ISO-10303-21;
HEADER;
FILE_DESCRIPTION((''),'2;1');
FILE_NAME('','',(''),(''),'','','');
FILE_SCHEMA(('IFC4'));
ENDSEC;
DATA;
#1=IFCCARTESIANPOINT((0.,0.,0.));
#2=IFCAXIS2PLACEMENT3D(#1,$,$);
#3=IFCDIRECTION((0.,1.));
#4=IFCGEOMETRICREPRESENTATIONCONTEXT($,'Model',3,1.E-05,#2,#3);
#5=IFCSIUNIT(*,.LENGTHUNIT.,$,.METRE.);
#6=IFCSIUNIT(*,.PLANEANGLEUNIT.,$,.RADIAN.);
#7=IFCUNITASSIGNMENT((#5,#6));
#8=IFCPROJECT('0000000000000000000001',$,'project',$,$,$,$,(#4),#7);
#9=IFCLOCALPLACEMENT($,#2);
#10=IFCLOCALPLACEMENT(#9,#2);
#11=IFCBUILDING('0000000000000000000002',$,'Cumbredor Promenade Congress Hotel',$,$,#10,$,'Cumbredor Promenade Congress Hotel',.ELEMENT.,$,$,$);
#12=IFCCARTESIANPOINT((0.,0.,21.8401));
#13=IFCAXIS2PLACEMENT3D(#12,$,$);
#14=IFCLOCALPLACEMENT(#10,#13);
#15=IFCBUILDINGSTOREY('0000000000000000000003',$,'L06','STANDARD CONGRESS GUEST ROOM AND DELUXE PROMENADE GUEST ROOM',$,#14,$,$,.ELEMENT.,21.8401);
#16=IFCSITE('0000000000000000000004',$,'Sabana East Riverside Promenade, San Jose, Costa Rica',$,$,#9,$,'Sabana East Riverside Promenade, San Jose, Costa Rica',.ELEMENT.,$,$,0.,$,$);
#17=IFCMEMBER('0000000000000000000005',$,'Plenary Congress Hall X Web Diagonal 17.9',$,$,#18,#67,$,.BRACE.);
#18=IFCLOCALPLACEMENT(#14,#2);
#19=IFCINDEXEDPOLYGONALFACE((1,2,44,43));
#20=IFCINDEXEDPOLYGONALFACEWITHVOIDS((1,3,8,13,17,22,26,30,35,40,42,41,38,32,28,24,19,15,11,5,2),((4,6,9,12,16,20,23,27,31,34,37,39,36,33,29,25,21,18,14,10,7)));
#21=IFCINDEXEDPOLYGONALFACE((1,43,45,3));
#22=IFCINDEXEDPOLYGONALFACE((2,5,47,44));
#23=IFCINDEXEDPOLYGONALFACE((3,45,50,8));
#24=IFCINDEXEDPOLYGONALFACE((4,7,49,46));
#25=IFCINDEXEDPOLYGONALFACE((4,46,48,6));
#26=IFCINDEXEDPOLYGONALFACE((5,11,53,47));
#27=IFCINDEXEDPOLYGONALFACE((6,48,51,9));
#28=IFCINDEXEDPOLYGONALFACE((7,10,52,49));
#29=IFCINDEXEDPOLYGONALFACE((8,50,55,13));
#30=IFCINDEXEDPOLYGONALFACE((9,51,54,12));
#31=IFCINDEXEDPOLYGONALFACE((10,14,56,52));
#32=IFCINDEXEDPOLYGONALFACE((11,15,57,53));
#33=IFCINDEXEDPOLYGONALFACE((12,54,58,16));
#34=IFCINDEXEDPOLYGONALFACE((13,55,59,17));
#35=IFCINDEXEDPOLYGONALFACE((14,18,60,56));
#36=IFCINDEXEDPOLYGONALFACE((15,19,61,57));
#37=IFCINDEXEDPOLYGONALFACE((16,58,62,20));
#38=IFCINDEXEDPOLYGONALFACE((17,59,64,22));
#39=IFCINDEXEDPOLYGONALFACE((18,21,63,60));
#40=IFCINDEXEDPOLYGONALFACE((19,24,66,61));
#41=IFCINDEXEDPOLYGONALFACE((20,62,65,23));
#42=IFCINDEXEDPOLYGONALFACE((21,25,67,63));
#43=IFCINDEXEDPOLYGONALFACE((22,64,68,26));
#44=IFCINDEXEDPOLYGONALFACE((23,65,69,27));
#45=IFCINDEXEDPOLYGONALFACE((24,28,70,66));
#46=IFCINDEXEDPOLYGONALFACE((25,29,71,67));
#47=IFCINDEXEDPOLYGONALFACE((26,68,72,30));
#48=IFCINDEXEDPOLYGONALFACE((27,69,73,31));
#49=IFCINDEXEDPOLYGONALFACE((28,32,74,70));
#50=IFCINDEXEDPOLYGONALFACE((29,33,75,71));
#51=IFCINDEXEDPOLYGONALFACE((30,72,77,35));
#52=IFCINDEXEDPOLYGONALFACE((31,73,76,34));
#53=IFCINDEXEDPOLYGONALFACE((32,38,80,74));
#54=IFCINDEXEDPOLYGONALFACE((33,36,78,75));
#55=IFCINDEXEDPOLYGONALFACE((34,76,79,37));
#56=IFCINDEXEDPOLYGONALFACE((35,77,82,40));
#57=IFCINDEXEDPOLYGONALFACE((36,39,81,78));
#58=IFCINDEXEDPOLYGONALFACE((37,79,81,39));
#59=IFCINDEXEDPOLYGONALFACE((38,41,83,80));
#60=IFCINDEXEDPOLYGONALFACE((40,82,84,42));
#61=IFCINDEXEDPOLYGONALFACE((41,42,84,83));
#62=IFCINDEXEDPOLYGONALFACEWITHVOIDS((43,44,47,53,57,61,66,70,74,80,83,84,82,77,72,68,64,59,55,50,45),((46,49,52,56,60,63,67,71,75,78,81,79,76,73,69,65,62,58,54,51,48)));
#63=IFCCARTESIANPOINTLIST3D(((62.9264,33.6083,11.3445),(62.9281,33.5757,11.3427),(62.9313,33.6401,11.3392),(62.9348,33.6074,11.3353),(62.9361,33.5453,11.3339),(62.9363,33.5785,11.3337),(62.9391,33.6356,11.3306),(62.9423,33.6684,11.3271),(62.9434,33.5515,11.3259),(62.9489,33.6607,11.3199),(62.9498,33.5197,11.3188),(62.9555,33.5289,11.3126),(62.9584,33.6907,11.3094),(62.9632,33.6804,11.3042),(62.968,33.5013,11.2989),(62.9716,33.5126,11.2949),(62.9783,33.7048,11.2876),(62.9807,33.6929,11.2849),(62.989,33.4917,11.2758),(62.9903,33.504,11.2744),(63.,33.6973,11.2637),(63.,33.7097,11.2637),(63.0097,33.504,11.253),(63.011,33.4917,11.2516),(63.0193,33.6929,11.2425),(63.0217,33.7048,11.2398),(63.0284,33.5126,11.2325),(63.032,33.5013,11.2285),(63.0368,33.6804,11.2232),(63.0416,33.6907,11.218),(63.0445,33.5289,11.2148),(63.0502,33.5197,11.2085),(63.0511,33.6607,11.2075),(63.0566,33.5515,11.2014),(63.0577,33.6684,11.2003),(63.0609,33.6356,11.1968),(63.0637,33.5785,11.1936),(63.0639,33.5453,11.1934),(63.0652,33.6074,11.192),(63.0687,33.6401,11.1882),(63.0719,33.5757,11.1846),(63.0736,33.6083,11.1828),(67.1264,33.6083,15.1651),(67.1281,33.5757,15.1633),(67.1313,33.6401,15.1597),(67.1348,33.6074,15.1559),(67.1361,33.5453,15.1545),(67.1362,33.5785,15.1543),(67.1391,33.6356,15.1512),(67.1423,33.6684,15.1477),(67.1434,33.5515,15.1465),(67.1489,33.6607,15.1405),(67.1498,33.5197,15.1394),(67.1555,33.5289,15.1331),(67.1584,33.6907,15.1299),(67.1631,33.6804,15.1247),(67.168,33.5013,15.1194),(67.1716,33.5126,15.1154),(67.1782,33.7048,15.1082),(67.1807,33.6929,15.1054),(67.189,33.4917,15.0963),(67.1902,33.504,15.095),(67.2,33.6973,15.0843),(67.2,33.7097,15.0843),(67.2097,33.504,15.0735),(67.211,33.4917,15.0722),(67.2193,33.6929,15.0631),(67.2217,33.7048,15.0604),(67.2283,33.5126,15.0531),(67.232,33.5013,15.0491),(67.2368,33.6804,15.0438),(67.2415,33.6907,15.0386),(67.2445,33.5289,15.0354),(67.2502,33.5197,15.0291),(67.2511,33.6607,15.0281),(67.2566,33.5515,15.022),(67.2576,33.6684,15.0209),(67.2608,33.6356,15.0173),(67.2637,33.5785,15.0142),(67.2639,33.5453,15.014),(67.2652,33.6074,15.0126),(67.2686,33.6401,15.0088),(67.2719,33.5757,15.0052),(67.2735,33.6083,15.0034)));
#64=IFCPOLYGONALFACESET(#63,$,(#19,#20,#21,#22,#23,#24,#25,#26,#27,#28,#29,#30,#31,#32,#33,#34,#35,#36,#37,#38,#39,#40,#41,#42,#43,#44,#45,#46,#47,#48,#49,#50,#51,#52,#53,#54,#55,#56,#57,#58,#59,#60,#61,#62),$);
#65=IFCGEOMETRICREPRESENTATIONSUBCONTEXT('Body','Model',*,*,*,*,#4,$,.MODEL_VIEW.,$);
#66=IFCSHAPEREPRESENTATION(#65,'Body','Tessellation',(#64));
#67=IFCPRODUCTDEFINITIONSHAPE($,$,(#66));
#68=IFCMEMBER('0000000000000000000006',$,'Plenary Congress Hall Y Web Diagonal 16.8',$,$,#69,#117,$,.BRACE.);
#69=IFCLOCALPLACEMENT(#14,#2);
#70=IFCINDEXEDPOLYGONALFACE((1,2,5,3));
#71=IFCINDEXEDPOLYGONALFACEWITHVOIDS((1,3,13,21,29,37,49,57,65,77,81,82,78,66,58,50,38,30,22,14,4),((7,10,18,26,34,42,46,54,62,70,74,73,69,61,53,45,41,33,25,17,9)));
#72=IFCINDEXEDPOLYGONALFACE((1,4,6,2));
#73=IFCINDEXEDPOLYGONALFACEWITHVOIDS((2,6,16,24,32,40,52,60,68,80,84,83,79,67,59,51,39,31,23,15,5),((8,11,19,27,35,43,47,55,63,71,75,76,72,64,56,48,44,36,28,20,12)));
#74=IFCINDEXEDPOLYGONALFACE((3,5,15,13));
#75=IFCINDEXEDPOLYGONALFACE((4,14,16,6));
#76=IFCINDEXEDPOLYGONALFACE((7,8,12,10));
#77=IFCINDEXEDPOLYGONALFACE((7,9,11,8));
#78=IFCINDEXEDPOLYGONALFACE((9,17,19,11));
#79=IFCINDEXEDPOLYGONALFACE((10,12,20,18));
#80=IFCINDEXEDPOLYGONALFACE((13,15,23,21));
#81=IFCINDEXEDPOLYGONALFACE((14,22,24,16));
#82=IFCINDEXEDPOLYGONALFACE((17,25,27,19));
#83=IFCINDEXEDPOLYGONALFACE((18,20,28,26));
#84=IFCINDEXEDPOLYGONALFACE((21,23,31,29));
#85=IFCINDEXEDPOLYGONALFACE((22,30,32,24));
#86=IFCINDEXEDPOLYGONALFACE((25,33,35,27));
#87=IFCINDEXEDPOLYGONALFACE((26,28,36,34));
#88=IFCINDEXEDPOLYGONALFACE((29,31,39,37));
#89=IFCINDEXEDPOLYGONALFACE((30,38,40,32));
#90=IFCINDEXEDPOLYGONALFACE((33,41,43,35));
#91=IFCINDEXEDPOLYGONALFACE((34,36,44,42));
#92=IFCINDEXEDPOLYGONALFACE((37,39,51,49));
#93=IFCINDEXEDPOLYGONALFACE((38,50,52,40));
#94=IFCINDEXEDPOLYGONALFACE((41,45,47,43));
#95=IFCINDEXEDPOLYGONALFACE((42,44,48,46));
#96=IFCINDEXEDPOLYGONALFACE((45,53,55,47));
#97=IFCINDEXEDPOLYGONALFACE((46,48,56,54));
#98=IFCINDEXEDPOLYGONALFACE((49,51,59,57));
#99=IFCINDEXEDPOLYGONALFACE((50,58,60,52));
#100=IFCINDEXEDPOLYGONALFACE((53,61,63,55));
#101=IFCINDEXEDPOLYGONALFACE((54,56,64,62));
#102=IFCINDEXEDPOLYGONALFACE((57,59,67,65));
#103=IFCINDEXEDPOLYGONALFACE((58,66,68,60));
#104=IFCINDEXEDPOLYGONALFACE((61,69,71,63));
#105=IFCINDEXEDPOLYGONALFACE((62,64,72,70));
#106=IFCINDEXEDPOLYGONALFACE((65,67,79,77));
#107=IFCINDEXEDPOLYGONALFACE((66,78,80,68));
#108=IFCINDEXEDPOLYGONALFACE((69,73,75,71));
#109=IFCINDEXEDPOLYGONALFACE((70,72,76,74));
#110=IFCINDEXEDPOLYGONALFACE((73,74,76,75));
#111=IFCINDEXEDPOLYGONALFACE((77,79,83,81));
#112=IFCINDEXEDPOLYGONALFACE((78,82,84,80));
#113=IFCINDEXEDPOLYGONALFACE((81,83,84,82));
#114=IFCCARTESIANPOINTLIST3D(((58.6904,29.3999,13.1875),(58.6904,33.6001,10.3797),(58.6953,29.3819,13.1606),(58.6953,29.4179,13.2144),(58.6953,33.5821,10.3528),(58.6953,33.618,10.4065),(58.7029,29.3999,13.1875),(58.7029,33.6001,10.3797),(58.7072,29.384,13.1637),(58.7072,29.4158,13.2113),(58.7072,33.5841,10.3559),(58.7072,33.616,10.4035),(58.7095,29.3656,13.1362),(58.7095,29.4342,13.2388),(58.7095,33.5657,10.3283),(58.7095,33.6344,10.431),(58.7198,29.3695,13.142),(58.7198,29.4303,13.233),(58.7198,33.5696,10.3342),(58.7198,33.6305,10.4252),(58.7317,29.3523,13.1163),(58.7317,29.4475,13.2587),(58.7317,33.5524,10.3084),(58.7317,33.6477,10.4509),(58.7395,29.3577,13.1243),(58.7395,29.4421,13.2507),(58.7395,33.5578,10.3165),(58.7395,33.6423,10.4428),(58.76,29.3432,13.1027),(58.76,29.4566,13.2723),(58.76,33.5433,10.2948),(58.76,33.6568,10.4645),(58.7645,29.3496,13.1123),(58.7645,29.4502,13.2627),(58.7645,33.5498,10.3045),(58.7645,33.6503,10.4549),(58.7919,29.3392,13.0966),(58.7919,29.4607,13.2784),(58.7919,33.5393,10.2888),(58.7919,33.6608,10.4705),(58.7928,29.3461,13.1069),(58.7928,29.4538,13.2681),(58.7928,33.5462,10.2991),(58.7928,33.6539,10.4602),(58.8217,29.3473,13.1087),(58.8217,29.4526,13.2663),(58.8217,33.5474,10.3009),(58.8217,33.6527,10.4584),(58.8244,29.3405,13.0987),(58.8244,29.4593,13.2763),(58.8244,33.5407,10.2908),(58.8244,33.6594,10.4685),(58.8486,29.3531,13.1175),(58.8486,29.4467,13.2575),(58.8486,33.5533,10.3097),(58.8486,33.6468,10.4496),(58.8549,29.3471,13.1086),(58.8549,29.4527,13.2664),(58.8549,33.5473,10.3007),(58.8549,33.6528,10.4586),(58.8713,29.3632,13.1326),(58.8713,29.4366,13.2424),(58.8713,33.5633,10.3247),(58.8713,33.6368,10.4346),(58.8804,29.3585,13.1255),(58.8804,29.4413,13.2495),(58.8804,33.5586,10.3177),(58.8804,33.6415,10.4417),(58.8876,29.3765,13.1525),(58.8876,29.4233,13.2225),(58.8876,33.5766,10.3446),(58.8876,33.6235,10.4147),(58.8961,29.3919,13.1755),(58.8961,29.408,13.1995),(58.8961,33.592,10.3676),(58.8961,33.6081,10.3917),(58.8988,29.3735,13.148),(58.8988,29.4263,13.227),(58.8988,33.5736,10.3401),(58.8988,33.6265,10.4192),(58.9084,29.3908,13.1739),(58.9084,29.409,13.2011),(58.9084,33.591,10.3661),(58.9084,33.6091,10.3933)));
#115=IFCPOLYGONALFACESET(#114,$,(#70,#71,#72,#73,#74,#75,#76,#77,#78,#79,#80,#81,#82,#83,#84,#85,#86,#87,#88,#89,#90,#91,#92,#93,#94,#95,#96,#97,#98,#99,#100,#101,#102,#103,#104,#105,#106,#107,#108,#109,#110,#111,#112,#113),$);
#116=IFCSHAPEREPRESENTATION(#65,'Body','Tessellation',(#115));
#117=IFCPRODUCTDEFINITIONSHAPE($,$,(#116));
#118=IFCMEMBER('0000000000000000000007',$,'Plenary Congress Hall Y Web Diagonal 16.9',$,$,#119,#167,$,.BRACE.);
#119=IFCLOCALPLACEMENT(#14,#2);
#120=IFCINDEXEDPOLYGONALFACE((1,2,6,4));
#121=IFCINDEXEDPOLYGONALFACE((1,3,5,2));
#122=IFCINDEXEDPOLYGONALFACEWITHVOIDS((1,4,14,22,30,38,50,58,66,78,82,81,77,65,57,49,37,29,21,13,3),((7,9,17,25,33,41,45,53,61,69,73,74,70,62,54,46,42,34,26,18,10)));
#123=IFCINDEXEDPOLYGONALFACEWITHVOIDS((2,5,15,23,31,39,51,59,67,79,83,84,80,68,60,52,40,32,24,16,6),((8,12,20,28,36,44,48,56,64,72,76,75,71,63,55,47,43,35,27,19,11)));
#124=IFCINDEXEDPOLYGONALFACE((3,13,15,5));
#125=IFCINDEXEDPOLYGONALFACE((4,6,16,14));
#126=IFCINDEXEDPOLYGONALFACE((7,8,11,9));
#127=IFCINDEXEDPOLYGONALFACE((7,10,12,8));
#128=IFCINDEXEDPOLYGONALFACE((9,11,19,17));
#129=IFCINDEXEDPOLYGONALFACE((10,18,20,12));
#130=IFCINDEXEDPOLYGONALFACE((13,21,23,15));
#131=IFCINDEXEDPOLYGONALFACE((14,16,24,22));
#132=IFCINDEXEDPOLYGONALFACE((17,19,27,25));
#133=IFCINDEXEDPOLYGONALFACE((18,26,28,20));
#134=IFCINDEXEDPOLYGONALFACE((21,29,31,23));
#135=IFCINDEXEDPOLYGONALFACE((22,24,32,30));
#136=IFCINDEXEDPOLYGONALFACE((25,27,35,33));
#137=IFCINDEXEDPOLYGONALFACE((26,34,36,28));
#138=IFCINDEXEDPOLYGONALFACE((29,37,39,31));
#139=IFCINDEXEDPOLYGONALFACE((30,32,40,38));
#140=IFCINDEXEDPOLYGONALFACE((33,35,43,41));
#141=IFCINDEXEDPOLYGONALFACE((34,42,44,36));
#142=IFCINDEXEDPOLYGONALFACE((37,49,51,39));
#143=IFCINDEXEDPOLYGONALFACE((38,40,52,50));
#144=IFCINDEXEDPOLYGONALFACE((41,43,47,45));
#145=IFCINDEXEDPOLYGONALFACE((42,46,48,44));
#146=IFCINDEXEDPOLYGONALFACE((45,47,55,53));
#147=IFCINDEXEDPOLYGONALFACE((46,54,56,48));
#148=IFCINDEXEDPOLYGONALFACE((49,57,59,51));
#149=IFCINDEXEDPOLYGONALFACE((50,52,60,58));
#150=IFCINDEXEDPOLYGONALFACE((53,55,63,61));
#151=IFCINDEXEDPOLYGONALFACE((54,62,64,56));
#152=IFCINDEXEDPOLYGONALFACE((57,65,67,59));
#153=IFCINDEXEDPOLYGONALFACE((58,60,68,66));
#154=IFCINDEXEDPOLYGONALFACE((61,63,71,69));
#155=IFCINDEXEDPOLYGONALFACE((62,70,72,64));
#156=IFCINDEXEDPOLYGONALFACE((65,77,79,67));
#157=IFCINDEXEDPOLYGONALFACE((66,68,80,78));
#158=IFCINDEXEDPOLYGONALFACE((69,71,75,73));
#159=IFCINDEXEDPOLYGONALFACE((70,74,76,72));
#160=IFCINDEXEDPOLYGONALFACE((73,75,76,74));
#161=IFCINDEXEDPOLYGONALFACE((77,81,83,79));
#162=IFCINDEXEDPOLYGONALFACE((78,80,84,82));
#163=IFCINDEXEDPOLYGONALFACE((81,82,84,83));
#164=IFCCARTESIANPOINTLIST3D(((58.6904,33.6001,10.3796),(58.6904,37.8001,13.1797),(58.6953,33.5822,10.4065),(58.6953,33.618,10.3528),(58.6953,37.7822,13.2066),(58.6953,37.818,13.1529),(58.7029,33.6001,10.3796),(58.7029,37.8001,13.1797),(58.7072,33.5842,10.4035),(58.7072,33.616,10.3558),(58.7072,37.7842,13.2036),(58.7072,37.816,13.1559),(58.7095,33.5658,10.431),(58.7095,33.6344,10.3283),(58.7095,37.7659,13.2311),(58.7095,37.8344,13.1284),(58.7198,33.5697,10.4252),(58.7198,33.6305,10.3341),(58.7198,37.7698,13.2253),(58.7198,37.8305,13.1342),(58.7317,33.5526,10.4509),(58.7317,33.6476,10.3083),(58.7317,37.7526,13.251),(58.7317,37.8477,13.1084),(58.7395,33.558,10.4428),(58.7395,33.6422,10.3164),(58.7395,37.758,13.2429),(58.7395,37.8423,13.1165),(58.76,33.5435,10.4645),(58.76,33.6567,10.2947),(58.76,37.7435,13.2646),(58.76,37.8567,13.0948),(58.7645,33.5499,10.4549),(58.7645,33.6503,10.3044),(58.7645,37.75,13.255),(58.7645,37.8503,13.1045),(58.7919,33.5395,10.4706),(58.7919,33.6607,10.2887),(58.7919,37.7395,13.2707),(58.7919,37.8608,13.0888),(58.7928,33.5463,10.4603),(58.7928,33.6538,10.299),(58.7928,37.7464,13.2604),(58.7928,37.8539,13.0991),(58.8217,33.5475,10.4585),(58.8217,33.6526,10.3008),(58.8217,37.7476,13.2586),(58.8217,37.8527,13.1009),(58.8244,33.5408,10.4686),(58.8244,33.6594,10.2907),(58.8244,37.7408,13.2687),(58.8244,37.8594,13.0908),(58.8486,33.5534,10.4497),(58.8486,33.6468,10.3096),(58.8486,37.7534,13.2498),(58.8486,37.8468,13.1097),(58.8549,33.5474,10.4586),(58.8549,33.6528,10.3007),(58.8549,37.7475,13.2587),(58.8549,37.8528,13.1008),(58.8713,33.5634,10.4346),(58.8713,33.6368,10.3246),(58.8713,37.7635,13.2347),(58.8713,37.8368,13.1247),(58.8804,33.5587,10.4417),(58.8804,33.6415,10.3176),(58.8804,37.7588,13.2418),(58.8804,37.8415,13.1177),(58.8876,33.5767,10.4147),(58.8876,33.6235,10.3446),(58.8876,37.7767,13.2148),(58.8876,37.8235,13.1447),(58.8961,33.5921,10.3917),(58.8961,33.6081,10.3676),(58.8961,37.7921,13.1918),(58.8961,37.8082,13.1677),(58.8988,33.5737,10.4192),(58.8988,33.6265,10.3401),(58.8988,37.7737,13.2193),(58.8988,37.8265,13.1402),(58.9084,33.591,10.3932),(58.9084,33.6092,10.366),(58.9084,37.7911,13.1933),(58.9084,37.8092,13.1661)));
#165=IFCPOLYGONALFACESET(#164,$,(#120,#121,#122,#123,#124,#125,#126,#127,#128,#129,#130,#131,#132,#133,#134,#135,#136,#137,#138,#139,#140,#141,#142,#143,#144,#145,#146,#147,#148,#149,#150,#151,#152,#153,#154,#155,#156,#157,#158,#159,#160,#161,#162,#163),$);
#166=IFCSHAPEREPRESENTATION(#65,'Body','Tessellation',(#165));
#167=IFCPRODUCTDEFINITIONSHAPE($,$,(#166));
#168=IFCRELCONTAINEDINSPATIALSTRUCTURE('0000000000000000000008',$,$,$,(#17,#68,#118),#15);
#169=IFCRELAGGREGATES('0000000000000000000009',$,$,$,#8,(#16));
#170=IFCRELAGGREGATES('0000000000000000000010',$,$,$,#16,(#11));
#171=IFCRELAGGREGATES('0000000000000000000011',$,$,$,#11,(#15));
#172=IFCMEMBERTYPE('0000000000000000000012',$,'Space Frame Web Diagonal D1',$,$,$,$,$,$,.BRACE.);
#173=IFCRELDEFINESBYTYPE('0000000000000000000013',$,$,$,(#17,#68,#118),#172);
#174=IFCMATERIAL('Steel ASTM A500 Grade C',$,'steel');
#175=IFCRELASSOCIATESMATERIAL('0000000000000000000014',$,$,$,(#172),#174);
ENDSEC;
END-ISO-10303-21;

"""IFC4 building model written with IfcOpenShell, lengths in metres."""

from ifc_helpers import new_model, si_unit, direction, frame, origin, origin_2d, place, context, subcontext, project, spatial, hollow_circle, extrude, material, material_profile, profile_set, type_object, element, save


model = new_model("IFC4")

# Units and contexts
model_context = context("Model", 3, precision=1e-05, world=origin(), true_north=direction((0.0, 1.0)))
body_context = subcontext(model_context, "Body", "Model", "MODEL_VIEW")
ifc_project = project(units=[si_unit("LENGTHUNIT", "METRE"), si_unit("PLANEANGLEUNIT", "RADIAN")], contexts=[model_context])

# Site, building, storey
site_placement = place(None, origin())
site = spatial("IfcSite", under=ifc_project, at=site_placement, Name="Sabana East Riverside Promenade, San Jose, Costa Rica", LongName="Sabana East Riverside Promenade, San Jose, Costa Rica", CompositionType="ELEMENT", RefElevation=0.0)
building_placement = place(site_placement, origin())
building = spatial("IfcBuilding", under=site, at=building_placement, Name="Cumbredor Promenade Congress Hotel", LongName="Cumbredor Promenade Congress Hotel", CompositionType="ELEMENT")
storey_placement = place(building_placement, frame((0.0, 0.0, 21.8401)))
storey = spatial("IfcBuildingStorey", under=building, at=storey_placement, Name="L06", Description="STANDARD CONGRESS GUEST ROOM AND DELUXE PROMENADE GUEST ROOM", CompositionType="ELEMENT", Elevation=21.8401)

# Members
ifc_material_1 = material(Name="Steel ASTM A500 Grade C", Category="steel")
ifc_material_profile_1 = material_profile(ifc_material_1, hollow_circle(Radius=0.1096, WallThickness=0.0125, at=origin_2d()), Name="CHS 219.1x12.5")
ifc_profile_set_1 = profile_set([ifc_material_profile_1], Name="Steel ASTM A500 Grade C")
member_type_1 = type_object("IfcMemberType", Name="Space Frame Web Diagonal D1", PredefinedType="BRACE", material=ifc_profile_set_1)
member_1_placement = place(storey_placement, frame((63.0, 33.6001, 11.2637), z_axis=(0.739728, 0.0, 0.672906), x_axis=(0.0, 1.0, 0.0)))
element("IfcMember", 1, at=member_1_placement, inside=storey, type_object=member_type_1, Name="Plenary Congress Hall X Web Diagonal 17.9", PredefinedType="BRACE", context=body_context, shape_type="SweptSolid", body=[
    extrude(hollow_circle(Radius=0.1096, WallThickness=0.0125, at=origin_2d()), origin(), (0.0, 0.0, 1.0), 5.6777),
])
member_2_placement = place(storey_placement, frame((58.8, 29.3999, 13.1875), z_axis=(0.0, 0.831343, -0.555759), x_axis=(-1.0, 0.0, 0.0)))
element("IfcMember", 2, at=member_2_placement, inside=storey, type_object=member_type_1, Name="Plenary Congress Hall Y Web Diagonal 16.8", PredefinedType="BRACE", context=body_context, shape_type="SweptSolid", body=[
    extrude(hollow_circle(Radius=0.1096, WallThickness=0.0125, at=origin_2d()), origin(), (0.0, 0.0, 1.0), 5.0522),
])
member_3_placement = place(storey_placement, frame((58.8, 33.6001, 10.3796), z_axis=(0.0, 0.832043, 0.554711), x_axis=(-1.0, 0.0, 0.0)))
element("IfcMember", 3, at=member_3_placement, inside=storey, type_object=member_type_1, Name="Plenary Congress Hall Y Web Diagonal 16.9", PredefinedType="BRACE", context=body_context, shape_type="SweptSolid", body=[
    extrude(hollow_circle(Radius=0.1096, WallThickness=0.0125, at=origin_2d()), origin(), (0.0, 0.0, 1.0), 5.0479),
])

save(model, "model.ifc")
